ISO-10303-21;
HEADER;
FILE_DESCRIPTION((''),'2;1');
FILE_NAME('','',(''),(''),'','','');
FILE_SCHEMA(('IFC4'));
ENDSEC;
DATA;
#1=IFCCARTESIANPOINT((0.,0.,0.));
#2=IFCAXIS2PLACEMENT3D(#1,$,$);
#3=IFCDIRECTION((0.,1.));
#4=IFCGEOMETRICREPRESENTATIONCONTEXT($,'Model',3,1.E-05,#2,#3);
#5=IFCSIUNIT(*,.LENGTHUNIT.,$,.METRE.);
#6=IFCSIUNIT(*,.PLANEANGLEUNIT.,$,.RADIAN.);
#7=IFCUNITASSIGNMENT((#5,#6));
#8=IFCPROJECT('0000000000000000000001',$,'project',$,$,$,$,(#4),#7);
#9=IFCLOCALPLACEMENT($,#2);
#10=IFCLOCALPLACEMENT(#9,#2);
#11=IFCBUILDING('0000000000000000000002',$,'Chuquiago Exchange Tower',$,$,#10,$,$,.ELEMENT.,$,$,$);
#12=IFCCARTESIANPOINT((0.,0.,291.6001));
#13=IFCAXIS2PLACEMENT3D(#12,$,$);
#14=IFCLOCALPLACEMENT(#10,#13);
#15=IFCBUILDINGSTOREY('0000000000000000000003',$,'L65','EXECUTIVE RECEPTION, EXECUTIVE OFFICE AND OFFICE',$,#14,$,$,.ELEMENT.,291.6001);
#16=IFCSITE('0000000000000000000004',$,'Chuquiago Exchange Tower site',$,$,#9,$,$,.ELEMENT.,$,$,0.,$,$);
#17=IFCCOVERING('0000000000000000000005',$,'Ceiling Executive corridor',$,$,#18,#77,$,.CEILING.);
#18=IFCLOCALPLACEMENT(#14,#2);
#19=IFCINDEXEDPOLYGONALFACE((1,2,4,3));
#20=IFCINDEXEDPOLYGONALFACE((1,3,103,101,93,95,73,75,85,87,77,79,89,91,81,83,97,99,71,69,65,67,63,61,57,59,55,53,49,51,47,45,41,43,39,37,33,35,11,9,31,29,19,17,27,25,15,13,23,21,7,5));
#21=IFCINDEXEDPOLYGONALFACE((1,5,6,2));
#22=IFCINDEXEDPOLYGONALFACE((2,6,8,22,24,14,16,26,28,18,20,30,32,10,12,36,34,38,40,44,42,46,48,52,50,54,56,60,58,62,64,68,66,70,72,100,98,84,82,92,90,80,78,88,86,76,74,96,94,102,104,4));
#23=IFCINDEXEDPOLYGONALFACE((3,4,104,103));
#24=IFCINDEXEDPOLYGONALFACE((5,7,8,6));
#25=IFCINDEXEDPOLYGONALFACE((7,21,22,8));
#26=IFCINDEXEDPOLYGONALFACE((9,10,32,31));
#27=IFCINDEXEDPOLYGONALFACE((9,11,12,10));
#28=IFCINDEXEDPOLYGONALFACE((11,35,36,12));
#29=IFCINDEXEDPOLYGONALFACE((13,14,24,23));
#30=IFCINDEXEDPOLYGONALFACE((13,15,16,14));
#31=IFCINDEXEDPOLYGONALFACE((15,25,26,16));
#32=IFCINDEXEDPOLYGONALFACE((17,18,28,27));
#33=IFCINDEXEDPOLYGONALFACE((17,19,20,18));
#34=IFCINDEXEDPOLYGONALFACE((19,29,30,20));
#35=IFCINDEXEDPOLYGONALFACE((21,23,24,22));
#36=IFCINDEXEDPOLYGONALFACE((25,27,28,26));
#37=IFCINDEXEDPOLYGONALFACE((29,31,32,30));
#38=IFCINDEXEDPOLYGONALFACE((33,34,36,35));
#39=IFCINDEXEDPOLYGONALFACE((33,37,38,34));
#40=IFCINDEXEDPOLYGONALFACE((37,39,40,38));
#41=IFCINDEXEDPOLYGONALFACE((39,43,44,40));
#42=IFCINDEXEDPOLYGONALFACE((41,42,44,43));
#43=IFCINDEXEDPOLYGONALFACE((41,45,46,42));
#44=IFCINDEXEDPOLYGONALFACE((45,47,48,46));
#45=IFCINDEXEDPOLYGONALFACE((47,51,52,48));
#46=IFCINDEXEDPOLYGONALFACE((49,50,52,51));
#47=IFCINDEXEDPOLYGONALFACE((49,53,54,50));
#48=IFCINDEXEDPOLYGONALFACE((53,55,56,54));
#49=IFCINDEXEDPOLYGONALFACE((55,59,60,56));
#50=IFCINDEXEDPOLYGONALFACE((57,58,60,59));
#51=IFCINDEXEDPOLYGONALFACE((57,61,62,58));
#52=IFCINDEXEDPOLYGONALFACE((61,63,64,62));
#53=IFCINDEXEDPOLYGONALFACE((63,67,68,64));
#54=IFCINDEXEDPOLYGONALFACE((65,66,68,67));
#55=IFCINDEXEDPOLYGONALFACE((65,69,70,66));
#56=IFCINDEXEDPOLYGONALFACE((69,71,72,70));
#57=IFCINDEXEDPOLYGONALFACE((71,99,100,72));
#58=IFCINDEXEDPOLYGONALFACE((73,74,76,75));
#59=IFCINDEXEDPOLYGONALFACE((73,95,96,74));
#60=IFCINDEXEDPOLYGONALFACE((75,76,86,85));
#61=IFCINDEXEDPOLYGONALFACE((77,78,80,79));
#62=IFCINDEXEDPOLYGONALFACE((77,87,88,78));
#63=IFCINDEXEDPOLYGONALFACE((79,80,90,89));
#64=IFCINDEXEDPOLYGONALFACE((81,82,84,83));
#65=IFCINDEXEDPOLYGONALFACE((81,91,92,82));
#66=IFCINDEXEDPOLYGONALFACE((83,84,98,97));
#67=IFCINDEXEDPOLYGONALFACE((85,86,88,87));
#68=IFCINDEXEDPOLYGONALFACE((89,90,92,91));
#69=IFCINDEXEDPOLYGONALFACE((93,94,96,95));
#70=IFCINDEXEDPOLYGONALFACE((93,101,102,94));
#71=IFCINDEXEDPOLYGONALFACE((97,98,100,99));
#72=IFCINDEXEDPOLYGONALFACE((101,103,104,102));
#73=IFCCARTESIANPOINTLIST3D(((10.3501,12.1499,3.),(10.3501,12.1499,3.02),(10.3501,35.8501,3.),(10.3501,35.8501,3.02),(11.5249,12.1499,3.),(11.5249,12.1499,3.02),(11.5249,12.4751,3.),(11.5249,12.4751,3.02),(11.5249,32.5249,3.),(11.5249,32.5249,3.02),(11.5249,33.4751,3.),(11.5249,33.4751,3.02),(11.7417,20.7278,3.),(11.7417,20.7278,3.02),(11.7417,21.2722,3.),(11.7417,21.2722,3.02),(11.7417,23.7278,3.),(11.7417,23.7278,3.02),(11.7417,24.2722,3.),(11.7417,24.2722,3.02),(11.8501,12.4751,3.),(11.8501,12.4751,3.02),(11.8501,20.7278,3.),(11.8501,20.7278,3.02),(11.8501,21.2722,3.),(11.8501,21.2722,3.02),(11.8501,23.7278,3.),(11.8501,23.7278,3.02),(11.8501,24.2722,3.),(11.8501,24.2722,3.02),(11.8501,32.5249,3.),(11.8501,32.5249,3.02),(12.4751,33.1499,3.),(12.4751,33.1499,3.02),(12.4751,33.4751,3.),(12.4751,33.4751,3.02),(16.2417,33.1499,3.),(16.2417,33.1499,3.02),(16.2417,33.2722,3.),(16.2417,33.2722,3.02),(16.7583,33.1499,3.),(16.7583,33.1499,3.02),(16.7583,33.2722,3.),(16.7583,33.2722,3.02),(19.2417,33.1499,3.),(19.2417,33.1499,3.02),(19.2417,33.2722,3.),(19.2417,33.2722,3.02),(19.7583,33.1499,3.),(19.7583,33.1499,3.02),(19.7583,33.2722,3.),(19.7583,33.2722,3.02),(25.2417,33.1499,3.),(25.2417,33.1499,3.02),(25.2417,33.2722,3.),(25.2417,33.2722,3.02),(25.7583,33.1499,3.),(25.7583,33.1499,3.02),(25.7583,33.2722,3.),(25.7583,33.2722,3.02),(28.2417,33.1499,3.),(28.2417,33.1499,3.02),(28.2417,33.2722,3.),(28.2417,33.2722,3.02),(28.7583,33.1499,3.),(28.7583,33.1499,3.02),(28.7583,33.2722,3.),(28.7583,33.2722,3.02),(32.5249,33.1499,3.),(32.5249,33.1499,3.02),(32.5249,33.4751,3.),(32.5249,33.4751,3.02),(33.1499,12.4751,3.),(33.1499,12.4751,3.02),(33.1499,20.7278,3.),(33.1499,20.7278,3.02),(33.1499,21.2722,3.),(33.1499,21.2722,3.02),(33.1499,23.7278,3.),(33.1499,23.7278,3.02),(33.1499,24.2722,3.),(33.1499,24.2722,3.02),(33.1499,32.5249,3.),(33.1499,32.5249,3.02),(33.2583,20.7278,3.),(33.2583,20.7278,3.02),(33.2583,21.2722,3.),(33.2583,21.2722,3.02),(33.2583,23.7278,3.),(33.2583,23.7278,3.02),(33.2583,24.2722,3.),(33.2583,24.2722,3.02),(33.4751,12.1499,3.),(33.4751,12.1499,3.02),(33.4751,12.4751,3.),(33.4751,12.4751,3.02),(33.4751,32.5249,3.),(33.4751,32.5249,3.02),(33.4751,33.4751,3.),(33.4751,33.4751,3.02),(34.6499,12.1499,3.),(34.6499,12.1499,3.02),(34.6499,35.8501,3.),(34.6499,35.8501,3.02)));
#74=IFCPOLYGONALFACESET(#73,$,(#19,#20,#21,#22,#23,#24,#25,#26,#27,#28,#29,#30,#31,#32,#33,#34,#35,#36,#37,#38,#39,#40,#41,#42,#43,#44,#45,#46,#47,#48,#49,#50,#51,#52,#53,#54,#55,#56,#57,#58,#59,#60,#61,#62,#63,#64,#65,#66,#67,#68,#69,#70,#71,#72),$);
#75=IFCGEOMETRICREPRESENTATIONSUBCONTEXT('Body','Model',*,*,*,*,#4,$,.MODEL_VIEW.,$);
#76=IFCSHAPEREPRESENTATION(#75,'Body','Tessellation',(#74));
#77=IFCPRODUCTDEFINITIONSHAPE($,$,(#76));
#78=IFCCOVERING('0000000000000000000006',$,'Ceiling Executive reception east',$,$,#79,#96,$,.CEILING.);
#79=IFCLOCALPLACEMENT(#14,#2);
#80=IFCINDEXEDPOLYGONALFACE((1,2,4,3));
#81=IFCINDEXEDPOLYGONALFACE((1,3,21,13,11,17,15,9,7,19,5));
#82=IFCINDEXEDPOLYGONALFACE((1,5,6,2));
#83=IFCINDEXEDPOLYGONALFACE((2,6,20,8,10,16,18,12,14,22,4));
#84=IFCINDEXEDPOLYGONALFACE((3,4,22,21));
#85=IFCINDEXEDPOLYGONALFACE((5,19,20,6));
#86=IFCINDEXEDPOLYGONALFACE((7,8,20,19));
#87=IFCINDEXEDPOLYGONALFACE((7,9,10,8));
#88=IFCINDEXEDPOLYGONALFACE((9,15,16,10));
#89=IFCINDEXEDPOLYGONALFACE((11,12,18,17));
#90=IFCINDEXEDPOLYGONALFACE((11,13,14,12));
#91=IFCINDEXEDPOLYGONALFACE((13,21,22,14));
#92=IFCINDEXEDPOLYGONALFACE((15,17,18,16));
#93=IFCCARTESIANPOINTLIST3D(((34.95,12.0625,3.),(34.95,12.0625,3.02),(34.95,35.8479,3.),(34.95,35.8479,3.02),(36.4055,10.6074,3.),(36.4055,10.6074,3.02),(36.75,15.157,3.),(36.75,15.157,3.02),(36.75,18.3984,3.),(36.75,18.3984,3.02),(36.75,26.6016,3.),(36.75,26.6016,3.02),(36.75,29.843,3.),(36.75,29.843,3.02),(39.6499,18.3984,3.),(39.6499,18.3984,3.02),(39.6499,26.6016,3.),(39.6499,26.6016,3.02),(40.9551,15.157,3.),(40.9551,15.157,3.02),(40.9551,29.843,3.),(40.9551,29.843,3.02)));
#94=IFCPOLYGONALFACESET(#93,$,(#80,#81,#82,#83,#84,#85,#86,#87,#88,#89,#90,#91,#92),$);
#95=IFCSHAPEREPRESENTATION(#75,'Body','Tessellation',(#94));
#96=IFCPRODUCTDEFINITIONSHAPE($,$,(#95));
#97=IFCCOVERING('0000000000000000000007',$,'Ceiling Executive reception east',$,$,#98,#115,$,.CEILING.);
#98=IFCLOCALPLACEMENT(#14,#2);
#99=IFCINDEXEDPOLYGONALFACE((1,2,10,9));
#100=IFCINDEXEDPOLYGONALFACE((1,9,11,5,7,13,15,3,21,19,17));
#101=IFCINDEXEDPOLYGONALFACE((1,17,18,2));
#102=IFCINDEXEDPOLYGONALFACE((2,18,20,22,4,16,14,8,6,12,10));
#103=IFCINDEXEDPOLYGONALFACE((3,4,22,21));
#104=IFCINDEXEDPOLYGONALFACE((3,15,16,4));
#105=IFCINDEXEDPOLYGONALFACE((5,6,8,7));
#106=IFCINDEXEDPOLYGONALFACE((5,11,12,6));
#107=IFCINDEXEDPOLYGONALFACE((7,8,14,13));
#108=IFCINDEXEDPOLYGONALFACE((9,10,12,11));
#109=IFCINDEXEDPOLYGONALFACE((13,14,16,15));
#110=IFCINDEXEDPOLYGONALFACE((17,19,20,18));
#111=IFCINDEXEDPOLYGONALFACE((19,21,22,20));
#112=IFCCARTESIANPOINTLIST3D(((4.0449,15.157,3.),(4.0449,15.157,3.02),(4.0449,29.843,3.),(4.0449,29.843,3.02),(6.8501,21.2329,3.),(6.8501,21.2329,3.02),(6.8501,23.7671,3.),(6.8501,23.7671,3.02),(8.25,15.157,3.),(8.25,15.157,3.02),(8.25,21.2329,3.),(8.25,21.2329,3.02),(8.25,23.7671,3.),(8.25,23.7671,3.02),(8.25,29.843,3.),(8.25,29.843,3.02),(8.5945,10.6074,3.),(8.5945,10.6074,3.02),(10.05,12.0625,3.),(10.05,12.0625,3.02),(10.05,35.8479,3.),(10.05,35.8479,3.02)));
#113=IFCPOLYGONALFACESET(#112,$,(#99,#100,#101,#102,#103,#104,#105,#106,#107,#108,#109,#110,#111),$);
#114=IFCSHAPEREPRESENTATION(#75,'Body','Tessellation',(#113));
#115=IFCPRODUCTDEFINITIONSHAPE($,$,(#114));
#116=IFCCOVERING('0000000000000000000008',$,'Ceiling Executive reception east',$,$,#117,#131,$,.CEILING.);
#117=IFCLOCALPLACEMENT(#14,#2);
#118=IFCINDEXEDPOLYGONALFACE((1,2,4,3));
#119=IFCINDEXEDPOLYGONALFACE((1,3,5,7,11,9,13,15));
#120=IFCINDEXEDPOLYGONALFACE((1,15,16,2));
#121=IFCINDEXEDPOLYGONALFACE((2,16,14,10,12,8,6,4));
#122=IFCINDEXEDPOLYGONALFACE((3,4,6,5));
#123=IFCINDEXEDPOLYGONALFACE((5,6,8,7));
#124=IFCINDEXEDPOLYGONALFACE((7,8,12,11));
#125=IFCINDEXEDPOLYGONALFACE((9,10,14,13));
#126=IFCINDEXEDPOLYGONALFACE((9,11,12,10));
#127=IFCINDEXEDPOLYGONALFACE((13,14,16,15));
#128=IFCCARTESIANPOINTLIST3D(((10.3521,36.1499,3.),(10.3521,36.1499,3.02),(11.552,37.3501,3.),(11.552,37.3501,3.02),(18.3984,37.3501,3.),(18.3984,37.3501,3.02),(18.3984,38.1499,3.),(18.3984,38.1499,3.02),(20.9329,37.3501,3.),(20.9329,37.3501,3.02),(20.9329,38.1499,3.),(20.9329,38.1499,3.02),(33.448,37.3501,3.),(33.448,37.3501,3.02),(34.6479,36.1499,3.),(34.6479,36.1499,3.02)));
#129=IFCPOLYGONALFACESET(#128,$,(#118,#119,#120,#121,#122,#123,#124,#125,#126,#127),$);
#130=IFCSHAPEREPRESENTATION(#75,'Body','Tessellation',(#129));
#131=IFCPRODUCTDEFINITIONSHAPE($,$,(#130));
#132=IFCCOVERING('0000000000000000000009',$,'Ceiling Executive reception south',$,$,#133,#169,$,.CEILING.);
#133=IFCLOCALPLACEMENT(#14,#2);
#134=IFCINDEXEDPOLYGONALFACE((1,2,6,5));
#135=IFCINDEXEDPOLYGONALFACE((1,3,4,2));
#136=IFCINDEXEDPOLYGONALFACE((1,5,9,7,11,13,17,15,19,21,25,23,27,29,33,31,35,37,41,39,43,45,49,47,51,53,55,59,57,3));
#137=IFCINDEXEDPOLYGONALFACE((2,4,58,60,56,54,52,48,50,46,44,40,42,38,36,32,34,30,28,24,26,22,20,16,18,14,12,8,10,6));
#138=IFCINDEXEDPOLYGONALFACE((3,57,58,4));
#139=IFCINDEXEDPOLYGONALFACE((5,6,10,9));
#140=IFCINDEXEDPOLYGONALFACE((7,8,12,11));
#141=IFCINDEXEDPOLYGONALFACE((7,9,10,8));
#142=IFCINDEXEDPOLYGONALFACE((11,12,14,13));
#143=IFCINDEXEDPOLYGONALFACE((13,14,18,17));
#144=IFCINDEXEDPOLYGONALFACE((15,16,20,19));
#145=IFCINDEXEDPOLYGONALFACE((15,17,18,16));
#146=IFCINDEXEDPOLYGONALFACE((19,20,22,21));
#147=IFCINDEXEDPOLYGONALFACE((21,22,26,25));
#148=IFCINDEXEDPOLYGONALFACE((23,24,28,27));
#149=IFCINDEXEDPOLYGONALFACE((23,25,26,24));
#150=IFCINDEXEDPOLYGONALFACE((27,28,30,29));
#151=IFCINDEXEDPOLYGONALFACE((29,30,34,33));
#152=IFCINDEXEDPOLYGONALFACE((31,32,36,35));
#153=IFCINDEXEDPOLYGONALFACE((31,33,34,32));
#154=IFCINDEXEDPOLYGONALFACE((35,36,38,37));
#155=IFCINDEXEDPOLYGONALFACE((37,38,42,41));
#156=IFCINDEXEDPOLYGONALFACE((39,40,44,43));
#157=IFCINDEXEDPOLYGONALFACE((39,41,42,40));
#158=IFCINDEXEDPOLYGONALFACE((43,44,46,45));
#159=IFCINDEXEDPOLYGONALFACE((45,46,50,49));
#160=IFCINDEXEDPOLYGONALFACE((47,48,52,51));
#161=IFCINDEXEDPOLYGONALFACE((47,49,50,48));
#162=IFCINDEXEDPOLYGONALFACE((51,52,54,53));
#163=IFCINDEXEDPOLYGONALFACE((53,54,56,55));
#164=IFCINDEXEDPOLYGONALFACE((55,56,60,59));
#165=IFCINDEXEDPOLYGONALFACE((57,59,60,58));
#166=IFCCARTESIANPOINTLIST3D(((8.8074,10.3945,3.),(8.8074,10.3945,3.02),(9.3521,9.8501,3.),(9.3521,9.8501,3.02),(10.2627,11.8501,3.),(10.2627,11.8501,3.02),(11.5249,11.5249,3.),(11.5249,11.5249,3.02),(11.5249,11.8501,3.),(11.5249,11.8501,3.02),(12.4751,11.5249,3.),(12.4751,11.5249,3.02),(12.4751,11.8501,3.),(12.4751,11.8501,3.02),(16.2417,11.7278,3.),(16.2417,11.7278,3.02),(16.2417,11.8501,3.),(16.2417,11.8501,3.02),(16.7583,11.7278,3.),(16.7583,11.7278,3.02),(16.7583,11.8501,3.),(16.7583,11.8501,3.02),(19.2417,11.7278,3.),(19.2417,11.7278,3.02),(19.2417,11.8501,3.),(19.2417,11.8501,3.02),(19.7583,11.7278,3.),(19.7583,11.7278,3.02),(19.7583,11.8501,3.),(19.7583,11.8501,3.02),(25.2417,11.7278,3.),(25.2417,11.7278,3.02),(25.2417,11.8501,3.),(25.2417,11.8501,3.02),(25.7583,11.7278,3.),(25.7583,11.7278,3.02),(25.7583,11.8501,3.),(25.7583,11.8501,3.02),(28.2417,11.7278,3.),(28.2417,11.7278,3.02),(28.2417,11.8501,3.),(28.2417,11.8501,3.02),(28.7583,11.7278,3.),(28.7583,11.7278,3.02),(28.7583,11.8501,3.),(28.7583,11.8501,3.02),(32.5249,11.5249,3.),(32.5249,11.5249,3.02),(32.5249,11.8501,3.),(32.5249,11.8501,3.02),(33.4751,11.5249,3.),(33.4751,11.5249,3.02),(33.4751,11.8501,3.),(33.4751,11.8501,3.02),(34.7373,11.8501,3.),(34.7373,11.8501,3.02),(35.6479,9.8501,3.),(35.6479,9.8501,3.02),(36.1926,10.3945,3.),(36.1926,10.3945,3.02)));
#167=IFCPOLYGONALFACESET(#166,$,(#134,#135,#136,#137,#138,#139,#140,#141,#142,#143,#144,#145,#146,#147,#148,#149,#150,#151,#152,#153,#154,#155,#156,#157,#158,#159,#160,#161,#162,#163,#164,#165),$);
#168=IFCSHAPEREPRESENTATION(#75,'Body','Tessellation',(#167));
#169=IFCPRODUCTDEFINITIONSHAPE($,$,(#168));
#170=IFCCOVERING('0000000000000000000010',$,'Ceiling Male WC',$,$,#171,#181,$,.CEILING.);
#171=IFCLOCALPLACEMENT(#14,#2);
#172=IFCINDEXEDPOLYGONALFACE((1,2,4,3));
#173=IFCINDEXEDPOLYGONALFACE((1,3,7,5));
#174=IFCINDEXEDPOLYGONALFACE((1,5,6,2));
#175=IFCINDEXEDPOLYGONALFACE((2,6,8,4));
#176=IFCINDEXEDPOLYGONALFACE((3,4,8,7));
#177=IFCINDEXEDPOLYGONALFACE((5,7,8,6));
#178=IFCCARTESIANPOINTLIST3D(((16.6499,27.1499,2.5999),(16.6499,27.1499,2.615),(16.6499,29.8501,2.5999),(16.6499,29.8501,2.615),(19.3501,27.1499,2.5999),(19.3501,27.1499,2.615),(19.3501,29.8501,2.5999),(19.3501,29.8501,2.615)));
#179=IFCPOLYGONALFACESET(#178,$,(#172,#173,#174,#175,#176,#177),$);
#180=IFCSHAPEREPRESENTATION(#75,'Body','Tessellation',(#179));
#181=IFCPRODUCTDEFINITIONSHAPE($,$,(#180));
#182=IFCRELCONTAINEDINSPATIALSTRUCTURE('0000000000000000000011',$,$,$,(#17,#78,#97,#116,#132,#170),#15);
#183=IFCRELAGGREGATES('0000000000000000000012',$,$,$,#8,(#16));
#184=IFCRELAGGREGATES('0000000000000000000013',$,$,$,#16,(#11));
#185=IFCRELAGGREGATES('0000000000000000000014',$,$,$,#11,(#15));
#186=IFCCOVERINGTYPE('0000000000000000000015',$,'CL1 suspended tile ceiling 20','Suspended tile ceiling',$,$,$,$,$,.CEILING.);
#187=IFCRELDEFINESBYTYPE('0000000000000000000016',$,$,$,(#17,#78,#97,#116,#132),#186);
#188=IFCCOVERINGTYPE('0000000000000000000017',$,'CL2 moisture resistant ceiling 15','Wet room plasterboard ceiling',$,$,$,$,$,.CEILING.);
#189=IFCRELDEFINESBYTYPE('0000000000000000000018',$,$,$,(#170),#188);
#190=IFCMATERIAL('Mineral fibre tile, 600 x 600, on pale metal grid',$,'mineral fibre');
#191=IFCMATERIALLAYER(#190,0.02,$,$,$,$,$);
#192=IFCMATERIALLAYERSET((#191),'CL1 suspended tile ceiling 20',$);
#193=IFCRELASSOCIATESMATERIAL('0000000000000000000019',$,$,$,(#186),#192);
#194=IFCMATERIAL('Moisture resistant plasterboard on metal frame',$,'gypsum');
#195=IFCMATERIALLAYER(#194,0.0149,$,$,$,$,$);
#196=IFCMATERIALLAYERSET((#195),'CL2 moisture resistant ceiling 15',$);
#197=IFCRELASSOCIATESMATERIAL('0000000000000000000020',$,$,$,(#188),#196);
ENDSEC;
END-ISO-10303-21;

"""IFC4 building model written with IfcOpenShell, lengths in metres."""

from ifc_helpers import new_model, si_unit, direction, frame, origin, place, context, subcontext, project, spatial, polyline, outline, extrude, material, layer, layer_set, type_object, element, save


model = new_model("IFC4")

# Units and contexts
model_context = context("Model", 3, precision=1e-05, world=origin(), true_north=direction((0.0, 1.0)))
body_context = subcontext(model_context, "Body", "Model", "MODEL_VIEW")
ifc_project = project(units=[si_unit("LENGTHUNIT", "METRE"), si_unit("PLANEANGLEUNIT", "RADIAN")], contexts=[model_context])

# Site, building, storey
site_placement = place(None, origin())
site = spatial("IfcSite", under=ifc_project, at=site_placement, Name="Chuquiago Exchange Tower site", CompositionType="ELEMENT", RefElevation=0.0)
building_placement = place(site_placement, origin())
building = spatial("IfcBuilding", under=site, at=building_placement, Name="Chuquiago Exchange Tower", CompositionType="ELEMENT")
storey_placement = place(building_placement, frame((0.0, 0.0, 291.6001)))
storey = spatial("IfcBuildingStorey", under=building, at=storey_placement, Name="L65", Description="EXECUTIVE RECEPTION, EXECUTIVE OFFICE AND OFFICE", CompositionType="ELEMENT", Elevation=291.6001)

# Coverings
ifc_material_1 = material(Name="Mineral fibre tile, 600 x 600, on pale metal grid", Category="mineral fibre")
ifc_layer_1 = layer(ifc_material_1, 0.02)
ifc_layer_set_1 = layer_set([ifc_layer_1], Name="CL1 suspended tile ceiling 20")
covering_type_1 = type_object("IfcCoveringType", Name="CL1 suspended tile ceiling 20", Description="Suspended tile ceiling", PredefinedType="CEILING", material=ifc_layer_set_1)
covering_1_placement = place(storey_placement, frame((0.0, 0.0, 3.0)))
element("IfcCovering", 1, at=covering_1_placement, inside=storey, type_object=covering_type_1, Name="Ceiling Executive corridor", PredefinedType="CEILING", context=body_context, shape_type="SweptSolid", body=[
    extrude(outline(polyline([(10.3501, 12.1499), (10.3501, 35.8501), (34.6499, 35.8501), (34.6499, 12.1499), (33.4751, 12.1499), (33.4751, 12.4751), (33.1499, 12.4751), (33.1499, 20.7278), (33.2583, 20.7278), (33.2583, 21.2722), (33.1499, 21.2722), (33.1499, 23.7278), (33.2583, 23.7278), (33.2583, 24.2722), (33.1499, 24.2722), (33.1499, 32.5249), (33.4751, 32.5249), (33.4751, 33.4751), (32.5249, 33.4751), (32.5249, 33.1499), (28.7583, 33.1499), (28.7583, 33.2722), (28.2417, 33.2722), (28.2417, 33.1499), (25.7583, 33.1499), (25.7583, 33.2722), (25.2417, 33.2722), (25.2417, 33.1499), (19.7583, 33.1499), (19.7583, 33.2722), (19.2417, 33.2722), (19.2417, 33.1499), (16.7583, 33.1499), (16.7583, 33.2722), (16.2417, 33.2722), (16.2417, 33.1499), (12.4751, 33.1499), (12.4751, 33.4751), (11.5249, 33.4751), (11.5249, 32.5249), (11.8501, 32.5249), (11.8501, 24.2722), (11.7417, 24.2722), (11.7417, 23.7278), (11.8501, 23.7278), (11.8501, 21.2722), (11.7417, 21.2722), (11.7417, 20.7278), (11.8501, 20.7278), (11.8501, 12.4751), (11.5249, 12.4751), (11.5249, 12.1499), (10.3501, 12.1499)])), origin(), (0.0, 0.0, 1.0), 0.02),
])
covering_2_placement = place(storey_placement, frame((0.0, 0.0, 3.0)))
element("IfcCovering", 2, at=covering_2_placement, inside=storey, type_object=covering_type_1, Name="Ceiling Executive reception east", PredefinedType="CEILING", context=body_context, shape_type="SweptSolid", body=[
    extrude(outline(polyline([(40.9551, 29.843), (36.75, 29.843), (36.75, 26.6016), (39.6499, 26.6016), (39.6499, 18.3984), (36.75, 18.3984), (36.75, 15.157), (40.9551, 15.157), (36.4055, 10.6074), (34.95, 12.0625), (34.95, 35.8479), (40.9551, 29.843)])), origin(), (0.0, 0.0, 1.0), 0.02),
])
covering_3_placement = place(storey_placement, frame((0.0, 0.0, 3.0)))
element("IfcCovering", 3, at=covering_3_placement, inside=storey, type_object=covering_type_1, Name="Ceiling Executive reception east", PredefinedType="CEILING", context=body_context, shape_type="SweptSolid", body=[
    extrude(outline(polyline([(10.05, 35.8479), (10.05, 12.0625), (8.5945, 10.6074), (4.0449, 15.157), (8.25, 15.157), (8.25, 21.2329), (6.8501, 21.2329), (6.8501, 23.7671), (8.25, 23.7671), (8.25, 29.843), (4.0449, 29.843), (10.05, 35.8479)])), origin(), (0.0, 0.0, 1.0), 0.02),
])
covering_4_placement = place(storey_placement, frame((0.0, 0.0, 3.0)))
element("IfcCovering", 4, at=covering_4_placement, inside=storey, type_object=covering_type_1, Name="Ceiling Executive reception east", PredefinedType="CEILING", context=body_context, shape_type="SweptSolid", body=[
    extrude(outline(polyline([(11.552, 37.3501), (18.3984, 37.3501), (18.3984, 38.1499), (20.9329, 38.1499), (20.9329, 37.3501), (33.448, 37.3501), (34.6479, 36.1499), (10.3521, 36.1499), (11.552, 37.3501)])), origin(), (0.0, 0.0, 1.0), 0.02),
])
covering_5_placement = place(storey_placement, frame((0.0, 0.0, 3.0)))
element("IfcCovering", 5, at=covering_5_placement, inside=storey, type_object=covering_type_1, Name="Ceiling Executive reception south", PredefinedType="CEILING", context=body_context, shape_type="SweptSolid", body=[
    extrude(outline(polyline([(8.8074, 10.3945), (10.2627, 11.8501), (11.5249, 11.8501), (11.5249, 11.5249), (12.4751, 11.5249), (12.4751, 11.8501), (16.2417, 11.8501), (16.2417, 11.7278), (16.7583, 11.7278), (16.7583, 11.8501), (19.2417, 11.8501), (19.2417, 11.7278), (19.7583, 11.7278), (19.7583, 11.8501), (25.2417, 11.8501), (25.2417, 11.7278), (25.7583, 11.7278), (25.7583, 11.8501), (28.2417, 11.8501), (28.2417, 11.7278), (28.7583, 11.7278), (28.7583, 11.8501), (32.5249, 11.8501), (32.5249, 11.5249), (33.4751, 11.5249), (33.4751, 11.8501), (34.7373, 11.8501), (36.1926, 10.3945), (35.6479, 9.8501), (9.3521, 9.8501), (8.8074, 10.3945)])), origin(), (0.0, 0.0, 1.0), 0.02),
])
ifc_material_2 = material(Name="Moisture resistant plasterboard on metal frame", Category="gypsum")
ifc_layer_2 = layer(ifc_material_2, 0.0149)
ifc_layer_set_2 = layer_set([ifc_layer_2], Name="CL2 moisture resistant ceiling 15")
covering_type_2 = type_object("IfcCoveringType", Name="CL2 moisture resistant ceiling 15", Description="Wet room plasterboard ceiling", PredefinedType="CEILING", material=ifc_layer_set_2)
covering_6_placement = place(storey_placement, frame((0.0, 0.0, 2.5999)))
element("IfcCovering", 6, at=covering_6_placement, inside=storey, type_object=covering_type_2, Name="Ceiling Male WC", PredefinedType="CEILING", context=body_context, shape_type="SweptSolid", body=[
    extrude(outline(polyline([(16.6499, 27.1499), (16.6499, 29.8501), (19.3501, 29.8501), (19.3501, 27.1499), (16.6499, 27.1499)])), origin(), (0.0, 0.0, 1.0), 0.0151),
])

save(model, "model.ifc")
